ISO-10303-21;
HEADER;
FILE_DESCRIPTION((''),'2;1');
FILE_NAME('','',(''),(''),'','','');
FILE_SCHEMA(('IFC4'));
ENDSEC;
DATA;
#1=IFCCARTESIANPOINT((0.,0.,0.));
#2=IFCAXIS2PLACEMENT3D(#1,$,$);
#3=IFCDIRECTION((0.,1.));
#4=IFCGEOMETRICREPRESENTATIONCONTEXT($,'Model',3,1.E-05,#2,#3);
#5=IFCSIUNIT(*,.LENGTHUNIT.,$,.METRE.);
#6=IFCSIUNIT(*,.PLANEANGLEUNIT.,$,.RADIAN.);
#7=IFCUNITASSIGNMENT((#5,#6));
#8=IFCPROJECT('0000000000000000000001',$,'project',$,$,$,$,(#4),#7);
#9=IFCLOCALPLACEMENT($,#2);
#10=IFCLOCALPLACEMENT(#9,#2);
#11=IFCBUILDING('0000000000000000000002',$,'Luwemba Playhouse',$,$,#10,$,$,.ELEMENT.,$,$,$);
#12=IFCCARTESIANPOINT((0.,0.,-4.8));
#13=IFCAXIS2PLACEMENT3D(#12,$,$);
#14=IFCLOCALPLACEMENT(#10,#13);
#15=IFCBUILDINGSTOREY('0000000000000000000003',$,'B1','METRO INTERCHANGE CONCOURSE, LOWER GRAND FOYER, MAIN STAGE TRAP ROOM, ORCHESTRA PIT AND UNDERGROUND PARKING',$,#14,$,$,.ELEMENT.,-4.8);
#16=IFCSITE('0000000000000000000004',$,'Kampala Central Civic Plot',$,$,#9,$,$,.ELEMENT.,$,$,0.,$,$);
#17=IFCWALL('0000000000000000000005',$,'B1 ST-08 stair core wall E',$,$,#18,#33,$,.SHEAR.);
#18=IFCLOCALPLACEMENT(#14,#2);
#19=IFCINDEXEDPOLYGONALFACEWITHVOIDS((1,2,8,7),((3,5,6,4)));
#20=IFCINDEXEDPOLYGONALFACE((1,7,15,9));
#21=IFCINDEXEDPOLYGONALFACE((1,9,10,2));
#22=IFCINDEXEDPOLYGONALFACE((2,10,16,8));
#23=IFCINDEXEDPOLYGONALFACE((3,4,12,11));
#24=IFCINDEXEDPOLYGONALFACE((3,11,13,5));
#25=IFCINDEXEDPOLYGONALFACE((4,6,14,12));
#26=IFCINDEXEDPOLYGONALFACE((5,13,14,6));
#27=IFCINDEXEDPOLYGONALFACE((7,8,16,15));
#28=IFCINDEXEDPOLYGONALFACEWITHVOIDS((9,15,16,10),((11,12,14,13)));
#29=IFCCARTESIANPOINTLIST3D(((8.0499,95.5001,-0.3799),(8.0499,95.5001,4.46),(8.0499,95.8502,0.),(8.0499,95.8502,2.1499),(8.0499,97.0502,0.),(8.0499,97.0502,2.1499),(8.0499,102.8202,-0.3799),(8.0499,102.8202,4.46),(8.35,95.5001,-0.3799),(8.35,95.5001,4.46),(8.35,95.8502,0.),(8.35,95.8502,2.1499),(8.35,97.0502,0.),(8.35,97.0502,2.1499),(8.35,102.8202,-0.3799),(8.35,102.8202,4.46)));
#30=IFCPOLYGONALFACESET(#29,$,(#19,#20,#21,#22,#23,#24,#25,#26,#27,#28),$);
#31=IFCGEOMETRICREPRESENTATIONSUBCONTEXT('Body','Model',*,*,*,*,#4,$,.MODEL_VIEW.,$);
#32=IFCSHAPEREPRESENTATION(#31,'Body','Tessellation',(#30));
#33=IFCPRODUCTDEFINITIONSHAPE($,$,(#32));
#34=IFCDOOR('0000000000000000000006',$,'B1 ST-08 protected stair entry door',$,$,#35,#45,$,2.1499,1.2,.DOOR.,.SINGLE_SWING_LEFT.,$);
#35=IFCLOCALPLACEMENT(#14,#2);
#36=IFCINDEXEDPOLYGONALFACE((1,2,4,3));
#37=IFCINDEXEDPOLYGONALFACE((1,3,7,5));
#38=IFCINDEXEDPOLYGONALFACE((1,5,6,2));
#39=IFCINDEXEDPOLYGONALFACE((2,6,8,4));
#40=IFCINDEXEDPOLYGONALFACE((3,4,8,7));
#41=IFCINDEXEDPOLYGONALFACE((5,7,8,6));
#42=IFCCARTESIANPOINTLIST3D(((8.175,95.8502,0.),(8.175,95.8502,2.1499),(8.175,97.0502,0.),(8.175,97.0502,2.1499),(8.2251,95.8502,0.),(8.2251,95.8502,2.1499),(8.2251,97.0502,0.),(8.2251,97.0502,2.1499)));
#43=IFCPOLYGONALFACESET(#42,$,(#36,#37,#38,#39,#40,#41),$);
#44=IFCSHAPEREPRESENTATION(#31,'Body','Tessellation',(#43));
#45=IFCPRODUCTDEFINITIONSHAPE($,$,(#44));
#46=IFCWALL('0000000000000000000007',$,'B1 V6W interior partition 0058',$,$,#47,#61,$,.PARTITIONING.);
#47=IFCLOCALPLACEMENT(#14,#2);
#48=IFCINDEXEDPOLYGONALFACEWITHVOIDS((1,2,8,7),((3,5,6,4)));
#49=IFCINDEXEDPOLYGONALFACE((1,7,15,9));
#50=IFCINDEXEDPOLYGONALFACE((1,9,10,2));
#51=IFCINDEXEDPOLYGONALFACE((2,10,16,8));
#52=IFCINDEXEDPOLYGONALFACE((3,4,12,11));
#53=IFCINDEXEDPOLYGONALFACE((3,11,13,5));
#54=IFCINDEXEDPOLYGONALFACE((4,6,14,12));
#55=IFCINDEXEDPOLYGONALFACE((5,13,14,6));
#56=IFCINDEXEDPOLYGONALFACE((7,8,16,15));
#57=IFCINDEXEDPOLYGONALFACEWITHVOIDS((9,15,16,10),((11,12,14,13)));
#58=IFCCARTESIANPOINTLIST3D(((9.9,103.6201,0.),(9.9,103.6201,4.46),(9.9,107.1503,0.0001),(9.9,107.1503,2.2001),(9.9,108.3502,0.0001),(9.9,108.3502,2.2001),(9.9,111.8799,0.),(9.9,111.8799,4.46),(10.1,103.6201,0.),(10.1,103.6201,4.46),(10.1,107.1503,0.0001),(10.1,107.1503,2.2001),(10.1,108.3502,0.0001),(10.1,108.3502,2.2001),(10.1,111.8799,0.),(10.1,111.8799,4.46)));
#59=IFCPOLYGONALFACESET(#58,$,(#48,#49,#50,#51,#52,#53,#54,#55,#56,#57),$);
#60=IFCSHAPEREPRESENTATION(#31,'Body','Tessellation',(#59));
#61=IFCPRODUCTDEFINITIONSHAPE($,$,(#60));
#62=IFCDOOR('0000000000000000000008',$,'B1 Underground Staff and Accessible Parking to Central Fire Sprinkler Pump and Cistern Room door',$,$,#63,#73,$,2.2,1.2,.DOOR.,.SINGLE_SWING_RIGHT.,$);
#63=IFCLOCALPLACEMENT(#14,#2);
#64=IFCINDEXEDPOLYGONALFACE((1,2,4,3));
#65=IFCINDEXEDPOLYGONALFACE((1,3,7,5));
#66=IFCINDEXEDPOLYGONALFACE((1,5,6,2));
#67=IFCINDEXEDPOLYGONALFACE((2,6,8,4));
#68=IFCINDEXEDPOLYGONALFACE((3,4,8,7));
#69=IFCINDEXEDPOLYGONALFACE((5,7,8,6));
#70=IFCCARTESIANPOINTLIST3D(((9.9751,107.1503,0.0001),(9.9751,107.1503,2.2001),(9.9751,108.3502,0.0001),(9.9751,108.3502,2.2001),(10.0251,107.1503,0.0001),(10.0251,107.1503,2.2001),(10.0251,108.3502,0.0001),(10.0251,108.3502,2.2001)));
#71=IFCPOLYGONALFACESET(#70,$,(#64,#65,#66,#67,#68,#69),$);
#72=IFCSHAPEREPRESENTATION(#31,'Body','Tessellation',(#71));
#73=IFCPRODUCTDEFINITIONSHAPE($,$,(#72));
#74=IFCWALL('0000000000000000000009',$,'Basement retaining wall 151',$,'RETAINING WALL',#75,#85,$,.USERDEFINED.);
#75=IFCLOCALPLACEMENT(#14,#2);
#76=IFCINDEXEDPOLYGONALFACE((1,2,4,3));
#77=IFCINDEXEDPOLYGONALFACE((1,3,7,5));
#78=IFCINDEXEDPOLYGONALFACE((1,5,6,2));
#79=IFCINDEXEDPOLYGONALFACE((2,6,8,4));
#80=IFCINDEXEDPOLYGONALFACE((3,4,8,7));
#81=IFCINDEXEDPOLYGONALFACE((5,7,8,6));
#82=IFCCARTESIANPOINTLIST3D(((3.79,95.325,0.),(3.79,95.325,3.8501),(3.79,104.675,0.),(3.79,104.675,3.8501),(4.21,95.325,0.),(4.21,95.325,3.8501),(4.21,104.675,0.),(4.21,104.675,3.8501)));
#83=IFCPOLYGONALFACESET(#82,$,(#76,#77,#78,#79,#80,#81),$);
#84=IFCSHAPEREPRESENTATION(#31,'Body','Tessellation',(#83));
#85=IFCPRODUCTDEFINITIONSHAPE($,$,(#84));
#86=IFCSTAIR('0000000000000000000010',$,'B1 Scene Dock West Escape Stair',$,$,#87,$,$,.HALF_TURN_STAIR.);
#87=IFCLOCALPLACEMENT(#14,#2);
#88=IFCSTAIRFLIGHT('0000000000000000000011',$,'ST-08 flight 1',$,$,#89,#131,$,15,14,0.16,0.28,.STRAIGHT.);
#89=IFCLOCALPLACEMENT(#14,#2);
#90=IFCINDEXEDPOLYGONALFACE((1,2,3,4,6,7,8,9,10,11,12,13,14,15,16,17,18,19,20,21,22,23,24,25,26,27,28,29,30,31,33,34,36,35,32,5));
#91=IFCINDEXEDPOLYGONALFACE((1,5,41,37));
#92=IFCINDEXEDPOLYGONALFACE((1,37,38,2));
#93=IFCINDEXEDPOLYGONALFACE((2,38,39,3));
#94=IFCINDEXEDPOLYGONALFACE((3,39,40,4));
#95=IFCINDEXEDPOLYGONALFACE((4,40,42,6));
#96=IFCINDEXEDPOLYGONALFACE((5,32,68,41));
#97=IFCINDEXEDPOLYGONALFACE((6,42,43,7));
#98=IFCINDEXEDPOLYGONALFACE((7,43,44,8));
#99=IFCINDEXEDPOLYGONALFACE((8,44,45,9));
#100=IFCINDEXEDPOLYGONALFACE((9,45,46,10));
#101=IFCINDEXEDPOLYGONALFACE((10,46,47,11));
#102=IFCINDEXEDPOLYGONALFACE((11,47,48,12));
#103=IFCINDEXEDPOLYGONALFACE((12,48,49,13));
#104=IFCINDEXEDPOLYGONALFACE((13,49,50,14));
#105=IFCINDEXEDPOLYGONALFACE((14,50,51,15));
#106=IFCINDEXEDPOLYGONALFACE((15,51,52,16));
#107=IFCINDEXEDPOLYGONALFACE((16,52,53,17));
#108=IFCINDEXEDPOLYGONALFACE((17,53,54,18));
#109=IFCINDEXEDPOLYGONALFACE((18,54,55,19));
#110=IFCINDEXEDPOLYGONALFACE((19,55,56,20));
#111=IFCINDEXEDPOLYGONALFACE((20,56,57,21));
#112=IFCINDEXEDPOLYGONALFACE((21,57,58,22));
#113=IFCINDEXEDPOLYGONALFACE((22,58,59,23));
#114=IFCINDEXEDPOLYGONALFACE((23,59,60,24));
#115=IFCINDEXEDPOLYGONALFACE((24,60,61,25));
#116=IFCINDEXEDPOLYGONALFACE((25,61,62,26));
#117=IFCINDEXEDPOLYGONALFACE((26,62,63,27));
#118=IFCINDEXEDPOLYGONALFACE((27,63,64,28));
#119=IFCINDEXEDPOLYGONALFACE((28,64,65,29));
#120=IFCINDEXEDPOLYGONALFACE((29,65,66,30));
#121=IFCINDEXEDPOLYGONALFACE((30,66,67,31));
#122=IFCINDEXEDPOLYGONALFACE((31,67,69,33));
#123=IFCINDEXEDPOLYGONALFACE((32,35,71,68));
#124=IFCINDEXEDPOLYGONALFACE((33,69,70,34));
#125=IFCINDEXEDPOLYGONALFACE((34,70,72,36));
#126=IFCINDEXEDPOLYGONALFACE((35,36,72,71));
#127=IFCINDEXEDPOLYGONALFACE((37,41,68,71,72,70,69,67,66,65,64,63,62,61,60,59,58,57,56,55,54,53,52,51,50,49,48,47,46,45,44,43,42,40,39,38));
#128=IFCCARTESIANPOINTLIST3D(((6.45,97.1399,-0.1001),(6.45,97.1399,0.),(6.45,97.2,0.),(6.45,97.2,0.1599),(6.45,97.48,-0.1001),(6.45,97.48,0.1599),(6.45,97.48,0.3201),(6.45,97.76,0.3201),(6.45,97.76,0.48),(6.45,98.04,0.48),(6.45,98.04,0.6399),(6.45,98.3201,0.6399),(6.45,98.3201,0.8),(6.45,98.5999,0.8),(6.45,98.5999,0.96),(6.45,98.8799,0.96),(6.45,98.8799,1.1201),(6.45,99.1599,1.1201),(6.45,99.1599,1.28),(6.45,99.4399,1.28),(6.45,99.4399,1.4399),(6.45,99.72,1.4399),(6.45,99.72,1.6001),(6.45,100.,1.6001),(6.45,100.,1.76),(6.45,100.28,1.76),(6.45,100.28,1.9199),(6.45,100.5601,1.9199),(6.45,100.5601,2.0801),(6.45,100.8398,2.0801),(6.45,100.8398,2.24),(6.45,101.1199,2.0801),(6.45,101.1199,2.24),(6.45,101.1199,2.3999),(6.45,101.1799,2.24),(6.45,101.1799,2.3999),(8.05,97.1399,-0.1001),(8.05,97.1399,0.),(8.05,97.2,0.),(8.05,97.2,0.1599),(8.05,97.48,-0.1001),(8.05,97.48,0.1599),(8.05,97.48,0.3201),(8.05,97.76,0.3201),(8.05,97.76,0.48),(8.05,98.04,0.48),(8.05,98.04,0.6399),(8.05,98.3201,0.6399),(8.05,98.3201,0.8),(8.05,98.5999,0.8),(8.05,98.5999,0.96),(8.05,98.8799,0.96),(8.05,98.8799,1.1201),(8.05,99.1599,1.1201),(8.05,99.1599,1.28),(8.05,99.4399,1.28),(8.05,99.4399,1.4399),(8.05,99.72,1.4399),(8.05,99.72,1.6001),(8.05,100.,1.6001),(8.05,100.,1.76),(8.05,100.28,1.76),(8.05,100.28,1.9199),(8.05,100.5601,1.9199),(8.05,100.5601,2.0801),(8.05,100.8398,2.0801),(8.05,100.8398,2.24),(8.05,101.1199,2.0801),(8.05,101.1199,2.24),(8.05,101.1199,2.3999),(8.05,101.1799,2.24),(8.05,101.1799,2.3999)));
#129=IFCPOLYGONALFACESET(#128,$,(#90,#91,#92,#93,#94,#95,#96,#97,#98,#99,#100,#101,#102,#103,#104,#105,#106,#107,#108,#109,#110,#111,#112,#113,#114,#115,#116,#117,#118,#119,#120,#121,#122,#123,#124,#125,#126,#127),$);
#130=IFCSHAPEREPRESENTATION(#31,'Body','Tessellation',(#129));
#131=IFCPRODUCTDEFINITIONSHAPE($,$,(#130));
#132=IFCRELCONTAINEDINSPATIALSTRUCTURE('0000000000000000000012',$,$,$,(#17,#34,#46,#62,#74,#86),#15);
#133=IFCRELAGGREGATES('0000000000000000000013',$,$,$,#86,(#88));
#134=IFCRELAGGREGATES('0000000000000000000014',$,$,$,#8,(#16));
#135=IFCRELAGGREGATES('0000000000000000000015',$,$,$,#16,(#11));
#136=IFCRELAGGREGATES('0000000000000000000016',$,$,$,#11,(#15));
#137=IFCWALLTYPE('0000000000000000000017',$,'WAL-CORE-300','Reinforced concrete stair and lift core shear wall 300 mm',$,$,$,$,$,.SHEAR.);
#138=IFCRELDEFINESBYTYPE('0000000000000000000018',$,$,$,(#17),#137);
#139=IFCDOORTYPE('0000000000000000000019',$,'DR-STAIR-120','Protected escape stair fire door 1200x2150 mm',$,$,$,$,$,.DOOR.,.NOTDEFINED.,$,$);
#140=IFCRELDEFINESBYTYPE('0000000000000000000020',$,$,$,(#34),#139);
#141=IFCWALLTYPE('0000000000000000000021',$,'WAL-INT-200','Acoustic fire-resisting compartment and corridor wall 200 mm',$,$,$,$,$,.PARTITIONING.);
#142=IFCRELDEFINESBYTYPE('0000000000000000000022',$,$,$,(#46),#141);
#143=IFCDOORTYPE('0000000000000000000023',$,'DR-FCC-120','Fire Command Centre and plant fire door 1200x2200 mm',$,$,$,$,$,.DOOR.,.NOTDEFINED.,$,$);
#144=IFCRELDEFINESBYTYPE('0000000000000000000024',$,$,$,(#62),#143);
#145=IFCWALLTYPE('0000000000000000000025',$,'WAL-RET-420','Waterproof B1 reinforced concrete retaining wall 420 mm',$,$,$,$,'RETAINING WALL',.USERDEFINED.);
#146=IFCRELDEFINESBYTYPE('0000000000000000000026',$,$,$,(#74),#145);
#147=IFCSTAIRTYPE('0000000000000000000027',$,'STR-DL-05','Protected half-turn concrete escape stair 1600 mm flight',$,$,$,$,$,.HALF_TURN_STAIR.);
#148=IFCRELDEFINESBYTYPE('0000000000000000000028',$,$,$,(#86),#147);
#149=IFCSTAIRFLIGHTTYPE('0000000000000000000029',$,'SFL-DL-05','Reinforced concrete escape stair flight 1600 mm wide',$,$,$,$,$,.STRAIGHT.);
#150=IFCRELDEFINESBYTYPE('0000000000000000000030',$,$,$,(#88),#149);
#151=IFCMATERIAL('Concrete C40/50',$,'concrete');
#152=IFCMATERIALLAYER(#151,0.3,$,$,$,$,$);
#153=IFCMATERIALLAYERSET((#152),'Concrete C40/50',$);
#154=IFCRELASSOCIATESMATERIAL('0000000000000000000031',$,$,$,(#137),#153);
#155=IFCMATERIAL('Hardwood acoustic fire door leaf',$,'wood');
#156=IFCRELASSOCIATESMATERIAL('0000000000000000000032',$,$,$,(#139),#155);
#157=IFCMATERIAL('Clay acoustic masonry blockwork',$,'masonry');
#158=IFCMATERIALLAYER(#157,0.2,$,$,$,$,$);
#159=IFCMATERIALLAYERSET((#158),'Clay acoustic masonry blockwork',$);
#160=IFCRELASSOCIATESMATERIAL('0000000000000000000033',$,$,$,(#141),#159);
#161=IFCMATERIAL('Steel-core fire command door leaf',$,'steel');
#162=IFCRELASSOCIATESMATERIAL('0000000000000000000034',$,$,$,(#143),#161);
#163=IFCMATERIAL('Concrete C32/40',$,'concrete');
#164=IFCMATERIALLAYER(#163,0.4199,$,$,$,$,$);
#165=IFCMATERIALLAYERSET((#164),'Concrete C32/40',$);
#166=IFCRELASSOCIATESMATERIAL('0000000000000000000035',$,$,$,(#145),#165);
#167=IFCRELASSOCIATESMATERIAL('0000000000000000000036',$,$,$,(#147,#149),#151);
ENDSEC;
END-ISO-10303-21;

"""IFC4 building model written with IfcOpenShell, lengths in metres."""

from ifc_helpers import new_model, si_unit, direction, frame, frame_2d, origin, place, context, subcontext, project, spatial, polyline, rectangle, outline, extrude, material, layer, layer_set, type_object, element, fill, aggregate, save


model = new_model("IFC4")

# Units and contexts
model_context = context("Model", 3, precision=1e-05, world=origin(), true_north=direction((0.0, 1.0)))
body_context = subcontext(model_context, "Body", "Model", "MODEL_VIEW")
ifc_project = project(units=[si_unit("LENGTHUNIT", "METRE"), si_unit("PLANEANGLEUNIT", "RADIAN")], contexts=[model_context])

# Site, building, storey
site_placement = place(None, origin())
site = spatial("IfcSite", under=ifc_project, at=site_placement, Name="Kampala Central Civic Plot", CompositionType="ELEMENT", RefElevation=0.0)
building_placement = place(site_placement, origin())
building = spatial("IfcBuilding", under=site, at=building_placement, Name="Luwemba Playhouse", CompositionType="ELEMENT")
storey_placement = place(building_placement, frame((0.0, 0.0, -4.8)))
storey = spatial("IfcBuildingStorey", under=building, at=storey_placement, Name="B1", Description="METRO INTERCHANGE CONCOURSE, LOWER GRAND FOYER, MAIN STAGE TRAP ROOM, ORCHESTRA PIT AND UNDERGROUND PARKING", CompositionType="ELEMENT", Elevation=-4.8)

# Shared definitions
ifc_material_1 = material(Name="Concrete C32/40", Category="concrete")

# Shared definitions
ifc_material_2 = material(Name="Concrete C40/50", Category="concrete")

# Shared definitions
ifc_layer_1 = layer(ifc_material_2, 0.3)
ifc_layer_set_1 = layer_set([ifc_layer_1], Name="Concrete C40/50")
wall_type_1 = type_object("IfcWallType", Name="WAL-CORE-300", Description="Reinforced concrete stair and lift core shear wall 300 mm", PredefinedType="SHEAR", material=ifc_layer_set_1)

# Walls, openings, doors
wall_1_placement = place(storey_placement, frame((8.2, 95.5, -0.3799), z_axis=(0.0, 0.0, 1.0), x_axis=(0.0, 1.0, 0.0)))
wall_1 = element("IfcWall", 1, at=wall_1_placement, inside=storey, type_object=wall_type_1, Name="B1 ST-08 stair core wall E", PredefinedType="SHEAR", context=body_context, shape_type="SweptSolid", body=[
    extrude(rectangle(XDim=7.3201, YDim=0.3, at=frame_2d((3.6602, 0.0))), origin(), (0.0, 0.0, 1.0), 4.8398),
])
opening_1_placement = place(wall_1_placement, frame((0.3501, 0.0, 0.3799)))
opening_1 = element("IfcOpeningElement", 2, at=opening_1_placement, cuts=wall_1, PredefinedType="OPENING", context=body_context, shape_type="SweptSolid", body=[
    extrude(rectangle(XDim=1.2, YDim=2.1499, at=frame_2d((0.6001, 1.075))), frame((0.0, 0.1599, 0.0), z_axis=(0.0, -1.0, 0.0), x_axis=(1.0, 0.0, 0.0)), (0.0, 0.0, 1.0), 0.3201),
])
ifc_material_3 = material(Name="Hardwood acoustic fire door leaf", Category="wood")
door_type_1 = type_object("IfcDoorType", Name="DR-STAIR-120", Description="Protected escape stair fire door 1200x2150 mm", OperationType="NOTDEFINED", PredefinedType="DOOR", material=ifc_material_3)
door_1_placement = place(opening_1_placement, origin())
door_1 = element("IfcDoor", 3, at=door_1_placement, inside=storey, type_object=door_type_1, Name="B1 ST-08 protected stair entry door", OperationType="SINGLE_SWING_LEFT", OverallHeight=2.1499, OverallWidth=1.2, PredefinedType="DOOR", context=body_context, shape_type="SweptSolid", body=[
    extrude(rectangle(XDim=1.2, YDim=2.1499, at=frame_2d((0.6001, 1.075))), frame((0.0, 0.0249, 0.0), z_axis=(0.0, -1.0, 0.0), x_axis=(1.0, 0.0, 0.0)), (0.0, 0.0, 1.0), 0.05),
])
fill(opening_1, door_1)
ifc_material_4 = material(Name="Clay acoustic masonry blockwork", Category="masonry")
ifc_layer_2 = layer(ifc_material_4, 0.2)
ifc_layer_set_2 = layer_set([ifc_layer_2], Name="Clay acoustic masonry blockwork")
wall_type_2 = type_object("IfcWallType", Name="WAL-INT-200", Description="Acoustic fire-resisting compartment and corridor wall 200 mm", PredefinedType="PARTITIONING", material=ifc_layer_set_2)
wall_2_placement = place(storey_placement, frame((10.0, 103.6201, 0.0), z_axis=(0.0, 0.0, 1.0), x_axis=(0.0, 1.0, 0.0)))
wall_2 = element("IfcWall", 4, at=wall_2_placement, inside=storey, type_object=wall_type_2, Name="B1 V6W interior partition 0058", PredefinedType="PARTITIONING", context=body_context, shape_type="SweptSolid", body=[
    extrude(rectangle(XDim=8.2598, YDim=0.2, at=frame_2d((4.1299, 0.0))), origin(), (0.0, 0.0, 1.0), 4.46),
])
opening_2_placement = place(wall_2_placement, frame((3.53, 0.0, 0.0)))
opening_2 = element("IfcOpeningElement", 5, at=opening_2_placement, cuts=wall_2, PredefinedType="OPENING", context=body_context, shape_type="SweptSolid", body=[
    extrude(rectangle(XDim=1.2, YDim=2.2, at=frame_2d((0.6001, 1.1001))), frame((0.0, 0.1099, 0.0), z_axis=(0.0, -1.0, 0.0), x_axis=(1.0, 0.0, 0.0)), (0.0, 0.0, 1.0), 0.22),
])
ifc_material_5 = material(Name="Steel-core fire command door leaf", Category="steel")
door_type_2 = type_object("IfcDoorType", Name="DR-FCC-120", Description="Fire Command Centre and plant fire door 1200x2200 mm", OperationType="NOTDEFINED", PredefinedType="DOOR", material=ifc_material_5)
door_2_placement = place(opening_2_placement, origin())
door_2 = element("IfcDoor", 6, at=door_2_placement, inside=storey, type_object=door_type_2, Name="B1 Underground Staff and Accessible Parking to Central Fire Sprinkler Pump and Cistern Room door", OperationType="SINGLE_SWING_RIGHT", OverallHeight=2.2, OverallWidth=1.2, PredefinedType="DOOR", context=body_context, shape_type="SweptSolid", body=[
    extrude(rectangle(XDim=1.2, YDim=2.2, at=frame_2d((0.6001, 1.1001))), frame((0.0, 0.0249, 0.0), z_axis=(0.0, -1.0, 0.0), x_axis=(1.0, 0.0, 0.0)), (0.0, 0.0, 1.0), 0.05),
])
fill(opening_2, door_2)

# Wall
ifc_layer_3 = layer(ifc_material_1, 0.4199)
ifc_layer_set_3 = layer_set([ifc_layer_3], Name="Concrete C32/40")
wall_type_3 = type_object("IfcWallType", Name="WAL-RET-420", Description="Waterproof B1 reinforced concrete retaining wall 420 mm", ElementType="RETAINING WALL", PredefinedType="USERDEFINED", material=ifc_layer_set_3)
wall_3_placement = place(storey_placement, frame((4.0, 95.325, 0.0), z_axis=(0.0, 0.0, 1.0), x_axis=(0.0, 1.0, 0.0)))
element("IfcWall", 7, at=wall_3_placement, inside=storey, type_object=wall_type_3, Name="Basement retaining wall 151", ObjectType="RETAINING WALL", PredefinedType="USERDEFINED", context=body_context, shape_type="SweptSolid", body=[
    extrude(rectangle(XDim=9.3501, YDim=0.4199, at=frame_2d((4.675, 0.0))), origin(), (0.0, 0.0, 1.0), 3.8501),
])

# Stair, stair flight
stair_type = type_object("IfcStairType", Name="STR-DL-05", Description="Protected half-turn concrete escape stair 1600 mm flight", PredefinedType="HALF_TURN_STAIR", material=ifc_material_2)
stair_placement = place(storey_placement, origin())
stair = element("IfcStair", 8, at=stair_placement, inside=storey, type_object=stair_type, Name="B1 Scene Dock West Escape Stair", PredefinedType="HALF_TURN_STAIR")
stair_flight_type = type_object("IfcStairFlightType", Name="SFL-DL-05", Description="Reinforced concrete escape stair flight 1600 mm wide", PredefinedType="STRAIGHT", material=ifc_material_2)
stair_flight_1_placement = place(storey_placement, frame((7.25, 97.2, 0.0), z_axis=(0.0, 0.0, 1.0), x_axis=(0.0, 1.0, 0.0)))
stair_flight_1 = element("IfcStairFlight", 9, at=stair_flight_1_placement, type_object=stair_flight_type, Name="ST-08 flight 1", NumberOfRisers=15, NumberOfTreads=14, PredefinedType="STRAIGHT", RiserHeight=0.16, TreadLength=0.28, context=body_context, shape_type="SweptSolid", body=[
    extrude(outline(polyline([(-0.0601, -0.1001), (-0.0601, 0.0), (0.0, 0.0), (0.0, 0.1599), (0.28, 0.1599), (0.28, 0.3201), (0.5601, 0.3201), (0.5601, 0.48), (0.8401, 0.48), (0.8401, 0.6399), (1.1201, 0.6399), (1.1201, 0.8), (1.3999, 0.8), (1.3999, 0.96), (1.6799, 0.96), (1.6799, 1.1201), (1.96, 1.1201), (1.96, 1.28), (2.24, 1.28), (2.24, 1.4399), (2.52, 1.4399), (2.52, 1.6001), (2.8, 1.6001), (2.8, 1.76), (3.0801, 1.76), (3.0801, 1.9199), (3.3601, 1.9199), (3.3601, 2.0801), (3.6399, 2.0801), (3.6399, 2.24), (3.9199, 2.24), (3.9199, 2.3999), (3.98, 2.3999), (3.98, 2.24), (3.9199, 2.0801), (0.28, -0.1001), (-0.0601, -0.1001)])), frame((0.0, 0.8, 0.0), z_axis=(0.0, -1.0, 0.0), x_axis=(1.0, 0.0, 0.0)), (0.0, 0.0, 1.0), 1.6001),
])
aggregate(stair, [stair_flight_1])

save(model, "model.ifc")
